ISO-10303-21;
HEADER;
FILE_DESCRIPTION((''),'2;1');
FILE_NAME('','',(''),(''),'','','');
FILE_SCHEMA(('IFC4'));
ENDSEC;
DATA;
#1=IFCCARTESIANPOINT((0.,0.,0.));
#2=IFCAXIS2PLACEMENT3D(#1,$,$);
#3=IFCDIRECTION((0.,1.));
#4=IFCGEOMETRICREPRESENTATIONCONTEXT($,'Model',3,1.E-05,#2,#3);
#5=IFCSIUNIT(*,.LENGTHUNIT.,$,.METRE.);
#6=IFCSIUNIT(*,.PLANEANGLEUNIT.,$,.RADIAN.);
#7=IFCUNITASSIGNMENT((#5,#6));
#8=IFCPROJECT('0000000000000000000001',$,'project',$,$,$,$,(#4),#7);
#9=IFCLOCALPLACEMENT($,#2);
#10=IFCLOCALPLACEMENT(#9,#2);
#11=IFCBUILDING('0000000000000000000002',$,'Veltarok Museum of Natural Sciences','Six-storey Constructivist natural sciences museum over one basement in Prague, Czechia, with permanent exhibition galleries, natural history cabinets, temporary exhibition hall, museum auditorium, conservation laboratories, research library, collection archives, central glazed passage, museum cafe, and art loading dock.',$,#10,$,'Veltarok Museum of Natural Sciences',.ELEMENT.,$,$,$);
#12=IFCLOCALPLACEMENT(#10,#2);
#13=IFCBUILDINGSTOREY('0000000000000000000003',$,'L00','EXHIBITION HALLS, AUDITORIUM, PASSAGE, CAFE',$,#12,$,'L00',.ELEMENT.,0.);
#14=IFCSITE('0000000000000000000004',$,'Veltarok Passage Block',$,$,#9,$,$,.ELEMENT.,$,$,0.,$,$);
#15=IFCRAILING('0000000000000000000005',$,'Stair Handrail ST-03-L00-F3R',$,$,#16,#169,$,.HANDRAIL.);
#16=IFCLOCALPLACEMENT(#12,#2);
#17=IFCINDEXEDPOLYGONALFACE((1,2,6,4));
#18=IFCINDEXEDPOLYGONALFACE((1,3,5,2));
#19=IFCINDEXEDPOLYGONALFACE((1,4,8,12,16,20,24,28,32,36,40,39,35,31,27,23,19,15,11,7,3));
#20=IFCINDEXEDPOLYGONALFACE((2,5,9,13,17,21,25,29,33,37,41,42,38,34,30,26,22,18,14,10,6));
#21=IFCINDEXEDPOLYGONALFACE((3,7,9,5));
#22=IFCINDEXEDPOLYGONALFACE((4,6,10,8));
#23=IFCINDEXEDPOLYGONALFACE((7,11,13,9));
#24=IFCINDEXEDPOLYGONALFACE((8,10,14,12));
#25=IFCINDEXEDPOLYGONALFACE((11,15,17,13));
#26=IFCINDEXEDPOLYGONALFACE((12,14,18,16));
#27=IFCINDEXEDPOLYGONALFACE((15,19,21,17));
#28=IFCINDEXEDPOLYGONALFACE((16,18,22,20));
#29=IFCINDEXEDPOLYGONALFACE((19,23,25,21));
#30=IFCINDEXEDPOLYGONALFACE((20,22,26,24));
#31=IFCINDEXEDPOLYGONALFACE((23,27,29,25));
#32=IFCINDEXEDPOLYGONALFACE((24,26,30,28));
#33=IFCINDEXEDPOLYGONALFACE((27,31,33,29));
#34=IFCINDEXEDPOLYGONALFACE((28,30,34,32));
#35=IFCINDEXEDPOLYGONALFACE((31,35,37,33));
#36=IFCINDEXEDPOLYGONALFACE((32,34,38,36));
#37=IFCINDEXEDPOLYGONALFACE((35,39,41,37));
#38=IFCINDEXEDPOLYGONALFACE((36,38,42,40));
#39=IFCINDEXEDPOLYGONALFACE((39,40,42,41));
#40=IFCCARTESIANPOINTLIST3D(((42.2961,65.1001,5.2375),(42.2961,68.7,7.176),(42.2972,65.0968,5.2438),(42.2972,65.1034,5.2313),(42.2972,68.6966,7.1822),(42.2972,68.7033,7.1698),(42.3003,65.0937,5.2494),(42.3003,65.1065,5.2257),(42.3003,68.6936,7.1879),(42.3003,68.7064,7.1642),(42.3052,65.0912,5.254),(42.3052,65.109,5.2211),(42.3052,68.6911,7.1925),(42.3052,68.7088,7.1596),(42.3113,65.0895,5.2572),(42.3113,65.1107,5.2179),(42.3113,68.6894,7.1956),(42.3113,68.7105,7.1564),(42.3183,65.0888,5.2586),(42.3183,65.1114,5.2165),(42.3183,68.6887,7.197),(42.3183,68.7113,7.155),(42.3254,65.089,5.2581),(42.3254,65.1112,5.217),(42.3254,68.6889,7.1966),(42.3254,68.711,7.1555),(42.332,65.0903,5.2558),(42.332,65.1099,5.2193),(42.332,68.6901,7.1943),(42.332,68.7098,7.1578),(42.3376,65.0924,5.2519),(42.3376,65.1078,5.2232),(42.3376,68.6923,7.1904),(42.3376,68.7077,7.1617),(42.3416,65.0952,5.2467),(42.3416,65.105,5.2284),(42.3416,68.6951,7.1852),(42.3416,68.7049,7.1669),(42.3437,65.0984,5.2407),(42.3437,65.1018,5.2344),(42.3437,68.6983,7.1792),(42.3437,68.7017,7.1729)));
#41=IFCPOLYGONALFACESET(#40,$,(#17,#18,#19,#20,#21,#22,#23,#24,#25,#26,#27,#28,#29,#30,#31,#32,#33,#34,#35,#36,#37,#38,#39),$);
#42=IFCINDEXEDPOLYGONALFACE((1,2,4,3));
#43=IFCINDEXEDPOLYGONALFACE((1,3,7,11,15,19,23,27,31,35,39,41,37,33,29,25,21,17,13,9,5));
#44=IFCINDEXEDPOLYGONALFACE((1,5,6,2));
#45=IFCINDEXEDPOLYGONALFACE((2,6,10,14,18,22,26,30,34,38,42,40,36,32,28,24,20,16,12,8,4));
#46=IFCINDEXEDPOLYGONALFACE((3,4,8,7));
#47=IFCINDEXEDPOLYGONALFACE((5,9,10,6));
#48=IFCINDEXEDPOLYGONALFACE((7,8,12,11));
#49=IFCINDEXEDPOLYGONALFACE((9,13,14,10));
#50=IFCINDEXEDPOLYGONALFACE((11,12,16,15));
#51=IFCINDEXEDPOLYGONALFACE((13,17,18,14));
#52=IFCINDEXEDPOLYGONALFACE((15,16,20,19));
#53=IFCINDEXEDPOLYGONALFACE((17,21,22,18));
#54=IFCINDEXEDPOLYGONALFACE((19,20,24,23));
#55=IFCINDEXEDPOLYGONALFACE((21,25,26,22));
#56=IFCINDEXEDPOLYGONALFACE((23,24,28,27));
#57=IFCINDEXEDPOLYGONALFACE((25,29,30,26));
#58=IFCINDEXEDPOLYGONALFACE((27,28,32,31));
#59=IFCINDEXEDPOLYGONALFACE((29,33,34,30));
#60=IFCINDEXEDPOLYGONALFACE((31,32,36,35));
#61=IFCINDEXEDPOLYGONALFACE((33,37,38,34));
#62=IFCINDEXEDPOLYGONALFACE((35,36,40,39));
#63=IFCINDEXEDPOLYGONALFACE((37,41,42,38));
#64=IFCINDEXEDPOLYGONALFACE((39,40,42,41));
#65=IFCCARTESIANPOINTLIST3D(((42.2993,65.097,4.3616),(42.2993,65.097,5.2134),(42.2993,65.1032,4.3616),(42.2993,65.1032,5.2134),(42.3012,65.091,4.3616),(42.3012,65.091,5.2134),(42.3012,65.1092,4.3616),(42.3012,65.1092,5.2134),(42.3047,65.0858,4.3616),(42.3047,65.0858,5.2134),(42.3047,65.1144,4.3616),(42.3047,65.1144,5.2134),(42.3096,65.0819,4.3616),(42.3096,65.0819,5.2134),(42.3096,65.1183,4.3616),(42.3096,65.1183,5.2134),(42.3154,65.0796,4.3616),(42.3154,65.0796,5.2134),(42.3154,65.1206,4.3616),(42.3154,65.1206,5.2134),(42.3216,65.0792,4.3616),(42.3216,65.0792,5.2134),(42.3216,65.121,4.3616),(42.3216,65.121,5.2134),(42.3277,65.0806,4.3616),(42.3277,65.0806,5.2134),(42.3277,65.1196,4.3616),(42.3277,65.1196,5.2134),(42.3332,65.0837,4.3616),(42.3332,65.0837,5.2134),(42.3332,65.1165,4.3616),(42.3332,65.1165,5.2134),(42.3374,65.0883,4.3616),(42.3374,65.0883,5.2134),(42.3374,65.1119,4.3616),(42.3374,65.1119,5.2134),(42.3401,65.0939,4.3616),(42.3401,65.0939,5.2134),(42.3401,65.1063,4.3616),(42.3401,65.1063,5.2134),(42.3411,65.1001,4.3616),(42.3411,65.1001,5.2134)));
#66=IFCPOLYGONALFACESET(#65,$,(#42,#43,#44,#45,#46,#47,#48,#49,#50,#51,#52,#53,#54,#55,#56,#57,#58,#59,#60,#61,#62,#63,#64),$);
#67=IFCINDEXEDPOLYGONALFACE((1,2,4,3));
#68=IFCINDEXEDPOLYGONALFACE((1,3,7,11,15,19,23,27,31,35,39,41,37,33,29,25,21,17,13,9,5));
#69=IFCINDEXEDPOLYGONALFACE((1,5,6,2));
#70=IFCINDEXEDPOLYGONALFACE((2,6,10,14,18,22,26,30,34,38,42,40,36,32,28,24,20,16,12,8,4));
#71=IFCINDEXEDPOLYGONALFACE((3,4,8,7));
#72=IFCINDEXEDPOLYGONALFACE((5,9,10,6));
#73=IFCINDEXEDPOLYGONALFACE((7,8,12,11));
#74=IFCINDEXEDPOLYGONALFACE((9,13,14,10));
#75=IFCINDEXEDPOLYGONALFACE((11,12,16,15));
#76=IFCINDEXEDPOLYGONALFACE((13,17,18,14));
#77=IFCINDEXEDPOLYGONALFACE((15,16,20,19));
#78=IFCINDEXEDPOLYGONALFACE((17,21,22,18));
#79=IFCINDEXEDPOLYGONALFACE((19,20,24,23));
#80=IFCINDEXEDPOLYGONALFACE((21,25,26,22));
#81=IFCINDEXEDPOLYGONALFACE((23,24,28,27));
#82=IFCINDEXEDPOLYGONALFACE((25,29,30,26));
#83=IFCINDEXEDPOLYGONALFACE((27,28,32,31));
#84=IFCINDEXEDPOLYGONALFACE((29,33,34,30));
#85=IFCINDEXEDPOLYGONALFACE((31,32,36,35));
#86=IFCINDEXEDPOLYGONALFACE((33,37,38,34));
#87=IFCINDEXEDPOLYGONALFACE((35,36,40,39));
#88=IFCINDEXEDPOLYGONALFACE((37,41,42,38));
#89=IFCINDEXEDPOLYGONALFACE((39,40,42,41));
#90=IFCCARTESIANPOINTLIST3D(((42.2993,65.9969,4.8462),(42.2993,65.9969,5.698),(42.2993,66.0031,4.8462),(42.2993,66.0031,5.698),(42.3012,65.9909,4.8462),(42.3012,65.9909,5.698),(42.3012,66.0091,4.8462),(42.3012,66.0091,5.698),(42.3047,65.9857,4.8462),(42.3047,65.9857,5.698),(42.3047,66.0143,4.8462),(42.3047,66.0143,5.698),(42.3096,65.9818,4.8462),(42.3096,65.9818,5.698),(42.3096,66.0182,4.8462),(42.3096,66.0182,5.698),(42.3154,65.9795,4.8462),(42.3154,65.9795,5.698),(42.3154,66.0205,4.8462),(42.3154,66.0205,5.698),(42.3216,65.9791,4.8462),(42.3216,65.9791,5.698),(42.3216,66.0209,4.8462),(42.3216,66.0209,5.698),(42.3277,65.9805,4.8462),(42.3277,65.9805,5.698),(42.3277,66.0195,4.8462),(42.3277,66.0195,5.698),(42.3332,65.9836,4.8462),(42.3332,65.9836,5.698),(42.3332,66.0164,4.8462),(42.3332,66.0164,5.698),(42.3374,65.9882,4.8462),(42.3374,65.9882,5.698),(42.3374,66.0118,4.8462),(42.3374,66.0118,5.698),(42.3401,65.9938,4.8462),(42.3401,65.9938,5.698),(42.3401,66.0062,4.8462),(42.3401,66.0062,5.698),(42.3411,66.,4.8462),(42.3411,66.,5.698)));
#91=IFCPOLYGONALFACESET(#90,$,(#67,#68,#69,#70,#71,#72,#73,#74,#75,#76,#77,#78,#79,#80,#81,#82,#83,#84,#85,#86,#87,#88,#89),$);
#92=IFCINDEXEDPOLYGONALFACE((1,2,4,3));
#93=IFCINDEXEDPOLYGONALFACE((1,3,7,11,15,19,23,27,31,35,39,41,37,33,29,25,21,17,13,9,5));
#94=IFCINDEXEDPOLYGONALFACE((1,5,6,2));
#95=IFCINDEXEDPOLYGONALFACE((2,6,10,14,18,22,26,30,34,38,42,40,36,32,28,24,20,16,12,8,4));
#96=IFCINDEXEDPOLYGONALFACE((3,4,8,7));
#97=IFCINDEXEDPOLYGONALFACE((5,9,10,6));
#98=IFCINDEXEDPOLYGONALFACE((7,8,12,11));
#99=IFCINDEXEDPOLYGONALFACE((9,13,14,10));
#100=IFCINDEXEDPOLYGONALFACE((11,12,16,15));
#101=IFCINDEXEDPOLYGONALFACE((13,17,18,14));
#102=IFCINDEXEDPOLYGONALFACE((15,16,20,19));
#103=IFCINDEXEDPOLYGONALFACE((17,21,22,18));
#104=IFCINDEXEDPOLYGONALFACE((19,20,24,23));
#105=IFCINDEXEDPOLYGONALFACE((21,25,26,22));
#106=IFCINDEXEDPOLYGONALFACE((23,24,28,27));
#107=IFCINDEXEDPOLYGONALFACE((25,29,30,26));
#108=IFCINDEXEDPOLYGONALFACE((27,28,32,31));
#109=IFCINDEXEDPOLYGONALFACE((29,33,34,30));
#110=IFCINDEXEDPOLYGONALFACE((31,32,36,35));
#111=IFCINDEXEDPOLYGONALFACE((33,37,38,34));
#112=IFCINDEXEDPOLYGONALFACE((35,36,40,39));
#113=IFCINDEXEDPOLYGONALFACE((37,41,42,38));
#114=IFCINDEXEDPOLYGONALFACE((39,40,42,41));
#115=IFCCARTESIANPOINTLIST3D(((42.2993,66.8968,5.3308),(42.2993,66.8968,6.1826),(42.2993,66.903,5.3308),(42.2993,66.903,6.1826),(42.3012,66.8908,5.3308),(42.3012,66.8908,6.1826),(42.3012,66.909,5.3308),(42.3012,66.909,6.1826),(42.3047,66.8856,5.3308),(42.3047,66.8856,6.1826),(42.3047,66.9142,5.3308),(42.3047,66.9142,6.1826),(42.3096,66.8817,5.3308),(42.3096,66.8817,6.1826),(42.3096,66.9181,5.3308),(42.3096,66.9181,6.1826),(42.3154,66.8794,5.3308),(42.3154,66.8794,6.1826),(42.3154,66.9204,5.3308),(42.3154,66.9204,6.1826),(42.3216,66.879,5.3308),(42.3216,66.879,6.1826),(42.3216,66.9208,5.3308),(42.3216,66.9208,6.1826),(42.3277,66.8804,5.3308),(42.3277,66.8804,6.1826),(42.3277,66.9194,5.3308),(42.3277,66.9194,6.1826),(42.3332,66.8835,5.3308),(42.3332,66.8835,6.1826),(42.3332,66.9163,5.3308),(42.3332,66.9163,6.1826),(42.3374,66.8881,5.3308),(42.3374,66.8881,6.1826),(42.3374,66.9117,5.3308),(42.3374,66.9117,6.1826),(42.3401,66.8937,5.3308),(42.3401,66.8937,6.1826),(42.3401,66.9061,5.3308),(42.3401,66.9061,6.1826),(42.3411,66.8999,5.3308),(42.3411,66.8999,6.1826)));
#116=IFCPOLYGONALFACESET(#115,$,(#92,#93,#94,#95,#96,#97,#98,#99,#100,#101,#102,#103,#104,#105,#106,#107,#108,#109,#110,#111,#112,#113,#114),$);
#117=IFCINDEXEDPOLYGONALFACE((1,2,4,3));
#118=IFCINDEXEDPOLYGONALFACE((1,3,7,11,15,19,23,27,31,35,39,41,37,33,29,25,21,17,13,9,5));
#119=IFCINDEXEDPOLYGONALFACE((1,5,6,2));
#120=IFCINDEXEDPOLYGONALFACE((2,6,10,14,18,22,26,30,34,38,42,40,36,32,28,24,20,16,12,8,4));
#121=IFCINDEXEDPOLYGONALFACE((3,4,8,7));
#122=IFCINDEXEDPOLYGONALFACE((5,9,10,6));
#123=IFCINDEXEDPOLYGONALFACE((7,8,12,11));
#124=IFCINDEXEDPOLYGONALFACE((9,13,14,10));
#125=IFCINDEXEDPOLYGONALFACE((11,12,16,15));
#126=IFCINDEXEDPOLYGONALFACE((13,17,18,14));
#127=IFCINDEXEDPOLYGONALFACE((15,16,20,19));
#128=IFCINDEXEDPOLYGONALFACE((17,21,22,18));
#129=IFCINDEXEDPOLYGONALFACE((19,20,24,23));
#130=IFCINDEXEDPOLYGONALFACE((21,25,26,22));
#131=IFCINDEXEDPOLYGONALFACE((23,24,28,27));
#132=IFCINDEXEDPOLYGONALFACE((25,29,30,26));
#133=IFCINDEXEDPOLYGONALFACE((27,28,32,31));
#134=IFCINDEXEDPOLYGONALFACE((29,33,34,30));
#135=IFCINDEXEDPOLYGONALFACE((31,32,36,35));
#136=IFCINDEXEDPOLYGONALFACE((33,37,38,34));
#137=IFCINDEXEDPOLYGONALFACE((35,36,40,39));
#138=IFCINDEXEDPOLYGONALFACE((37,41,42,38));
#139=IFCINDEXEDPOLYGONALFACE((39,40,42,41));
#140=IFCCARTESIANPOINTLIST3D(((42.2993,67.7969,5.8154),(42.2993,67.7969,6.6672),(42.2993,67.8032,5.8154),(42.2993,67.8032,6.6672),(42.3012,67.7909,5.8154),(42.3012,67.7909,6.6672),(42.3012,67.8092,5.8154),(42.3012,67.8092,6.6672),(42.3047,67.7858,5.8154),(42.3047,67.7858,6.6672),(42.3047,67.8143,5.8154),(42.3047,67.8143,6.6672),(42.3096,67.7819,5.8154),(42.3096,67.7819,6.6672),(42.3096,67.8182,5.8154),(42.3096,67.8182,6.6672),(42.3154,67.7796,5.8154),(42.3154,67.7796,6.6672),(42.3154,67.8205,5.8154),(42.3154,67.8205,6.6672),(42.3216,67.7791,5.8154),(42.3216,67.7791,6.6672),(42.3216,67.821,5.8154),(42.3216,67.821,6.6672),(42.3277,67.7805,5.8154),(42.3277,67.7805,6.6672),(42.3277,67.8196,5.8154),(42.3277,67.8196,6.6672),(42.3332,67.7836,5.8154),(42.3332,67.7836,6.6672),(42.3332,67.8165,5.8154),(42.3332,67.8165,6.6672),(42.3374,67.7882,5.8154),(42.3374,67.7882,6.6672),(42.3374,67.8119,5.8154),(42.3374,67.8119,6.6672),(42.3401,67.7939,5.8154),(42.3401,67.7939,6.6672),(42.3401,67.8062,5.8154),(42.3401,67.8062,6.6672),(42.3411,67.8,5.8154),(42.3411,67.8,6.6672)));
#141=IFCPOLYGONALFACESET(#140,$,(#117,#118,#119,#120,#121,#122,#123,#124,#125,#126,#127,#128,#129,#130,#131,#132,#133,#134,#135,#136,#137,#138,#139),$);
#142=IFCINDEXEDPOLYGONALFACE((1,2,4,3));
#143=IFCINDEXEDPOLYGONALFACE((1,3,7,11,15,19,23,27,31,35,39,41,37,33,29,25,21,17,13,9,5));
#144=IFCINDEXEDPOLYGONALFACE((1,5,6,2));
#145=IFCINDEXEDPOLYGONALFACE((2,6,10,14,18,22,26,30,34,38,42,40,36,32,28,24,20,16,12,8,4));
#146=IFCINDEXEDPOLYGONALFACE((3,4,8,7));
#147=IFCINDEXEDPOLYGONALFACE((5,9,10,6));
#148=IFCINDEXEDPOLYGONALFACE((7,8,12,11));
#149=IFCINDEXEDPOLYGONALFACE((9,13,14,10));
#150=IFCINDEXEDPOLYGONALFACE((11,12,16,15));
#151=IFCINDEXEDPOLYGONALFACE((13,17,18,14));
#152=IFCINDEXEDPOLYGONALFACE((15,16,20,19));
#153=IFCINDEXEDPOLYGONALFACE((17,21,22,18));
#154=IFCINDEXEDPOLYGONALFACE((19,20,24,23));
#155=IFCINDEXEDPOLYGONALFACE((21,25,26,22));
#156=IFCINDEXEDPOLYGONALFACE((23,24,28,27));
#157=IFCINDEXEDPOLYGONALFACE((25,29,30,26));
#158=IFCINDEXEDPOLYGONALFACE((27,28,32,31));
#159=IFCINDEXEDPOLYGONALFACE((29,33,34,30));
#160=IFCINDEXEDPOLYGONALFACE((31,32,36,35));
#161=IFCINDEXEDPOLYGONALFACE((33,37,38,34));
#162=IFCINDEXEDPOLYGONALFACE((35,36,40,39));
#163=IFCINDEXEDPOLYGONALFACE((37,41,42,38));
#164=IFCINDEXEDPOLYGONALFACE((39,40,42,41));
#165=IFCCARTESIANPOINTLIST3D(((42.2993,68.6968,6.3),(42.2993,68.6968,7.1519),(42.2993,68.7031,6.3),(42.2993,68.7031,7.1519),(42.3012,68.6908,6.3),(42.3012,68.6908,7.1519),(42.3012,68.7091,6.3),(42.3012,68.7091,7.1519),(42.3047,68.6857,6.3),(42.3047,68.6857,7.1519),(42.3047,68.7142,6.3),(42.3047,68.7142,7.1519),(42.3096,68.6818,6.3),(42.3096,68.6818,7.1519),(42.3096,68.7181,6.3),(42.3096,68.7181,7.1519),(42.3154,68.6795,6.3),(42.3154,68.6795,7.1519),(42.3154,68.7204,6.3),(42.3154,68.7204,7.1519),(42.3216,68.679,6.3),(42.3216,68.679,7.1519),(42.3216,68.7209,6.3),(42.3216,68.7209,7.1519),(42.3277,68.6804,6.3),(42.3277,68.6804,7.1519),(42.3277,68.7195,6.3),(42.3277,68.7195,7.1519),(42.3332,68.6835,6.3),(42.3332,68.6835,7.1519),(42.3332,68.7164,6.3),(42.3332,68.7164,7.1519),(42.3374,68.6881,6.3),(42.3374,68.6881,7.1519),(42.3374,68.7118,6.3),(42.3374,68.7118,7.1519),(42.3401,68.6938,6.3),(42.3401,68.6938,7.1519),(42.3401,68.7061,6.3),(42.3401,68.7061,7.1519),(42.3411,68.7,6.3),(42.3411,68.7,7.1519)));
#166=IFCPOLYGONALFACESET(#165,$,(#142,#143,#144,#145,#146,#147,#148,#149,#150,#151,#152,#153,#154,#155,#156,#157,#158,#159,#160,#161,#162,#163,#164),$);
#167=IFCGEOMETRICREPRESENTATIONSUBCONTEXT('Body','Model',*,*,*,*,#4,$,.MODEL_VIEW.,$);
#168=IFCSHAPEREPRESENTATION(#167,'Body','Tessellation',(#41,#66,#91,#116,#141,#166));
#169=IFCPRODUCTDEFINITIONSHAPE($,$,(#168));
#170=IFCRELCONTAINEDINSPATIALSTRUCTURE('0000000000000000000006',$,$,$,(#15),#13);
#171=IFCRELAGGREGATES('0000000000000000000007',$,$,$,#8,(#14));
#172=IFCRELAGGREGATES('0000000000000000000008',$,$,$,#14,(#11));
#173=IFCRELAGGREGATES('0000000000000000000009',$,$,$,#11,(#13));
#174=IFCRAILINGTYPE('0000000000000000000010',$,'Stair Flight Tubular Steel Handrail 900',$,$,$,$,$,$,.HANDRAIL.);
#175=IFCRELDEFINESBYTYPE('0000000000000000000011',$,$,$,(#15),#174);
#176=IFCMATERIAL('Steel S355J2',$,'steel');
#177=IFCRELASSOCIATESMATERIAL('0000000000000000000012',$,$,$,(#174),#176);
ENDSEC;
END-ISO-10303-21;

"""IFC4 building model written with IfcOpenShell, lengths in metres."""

from ifc_helpers import new_model, si_unit, direction, frame, origin, origin_2d, place, context, subcontext, project, spatial, circle, extrude, material, type_object, element, save


model = new_model("IFC4")

# Units and contexts
model_context = context("Model", 3, precision=1e-05, world=origin(), true_north=direction((0.0, 1.0)))
body_context = subcontext(model_context, "Body", "Model", "MODEL_VIEW")
ifc_project = project(units=[si_unit("LENGTHUNIT", "METRE"), si_unit("PLANEANGLEUNIT", "RADIAN")], contexts=[model_context])

# Site, building, storey
site_placement = place(None, origin())
site = spatial("IfcSite", under=ifc_project, at=site_placement, Name="Veltarok Passage Block", CompositionType="ELEMENT", RefElevation=0.0)
building_placement = place(site_placement, origin())
building = spatial("IfcBuilding", under=site, at=building_placement, Name="Veltarok Museum of Natural Sciences", Description="Six-storey Constructivist natural sciences museum over one basement in Prague, Czechia, with permanent exhibition galleries, natural history cabinets, temporary exhibition hall, museum auditorium, conservation laboratories, research library, collection archives, central glazed passage, museum cafe, and art loading dock.", LongName="Veltarok Museum of Natural Sciences", CompositionType="ELEMENT")
storey_placement = place(building_placement, origin())
storey = spatial("IfcBuildingStorey", under=building, at=storey_placement, Name="L00", Description="EXHIBITION HALLS, AUDITORIUM, PASSAGE, CAFE", LongName="L00", CompositionType="ELEMENT", Elevation=0.0)

# Railing
ifc_material_1 = material(Name="Steel S355J2", Category="steel")
railing_type_1 = type_object("IfcRailingType", Name="Stair Flight Tubular Steel Handrail 900", PredefinedType="HANDRAIL", material=ifc_material_1)
railing_1_placement = place(storey_placement, frame((42.3201, 65.1001, 4.3616)))
element("IfcRailing", 1, at=railing_1_placement, inside=storey, type_object=railing_type_1, Name="Stair Handrail ST-03-L00-F3R", PredefinedType="HANDRAIL", context=body_context, shape_type="SweptSolid", body=[
    extrude(circle(Radius=0.0239, at=origin_2d()), frame((0.0, 0.0, 0.876), z_axis=(0.0, 0.880462, 0.474118), x_axis=(-1.0, 0.0, 0.0)), (0.0, 0.0, 1.0), 4.0886),
    extrude(circle(Radius=0.021, at=origin_2d()), origin(), (0.0, 0.0, 1.0), 0.8518),
    extrude(circle(Radius=0.021, at=origin_2d()), frame((0.0, 0.8999, 0.4846)), (0.0, 0.0, 1.0), 0.8518),
    extrude(circle(Radius=0.021, at=origin_2d()), frame((0.0, 1.7998, 0.9692)), (0.0, 0.0, 1.0), 0.8518),
    extrude(circle(Radius=0.021, at=origin_2d()), frame((0.0, 2.7, 1.4539)), (0.0, 0.0, 1.0), 0.8518),
    extrude(circle(Radius=0.021, at=origin_2d()), frame((0.0, 3.5999, 1.9385)), (0.0, 0.0, 1.0), 0.8518),
])

save(model, "model.ifc")
